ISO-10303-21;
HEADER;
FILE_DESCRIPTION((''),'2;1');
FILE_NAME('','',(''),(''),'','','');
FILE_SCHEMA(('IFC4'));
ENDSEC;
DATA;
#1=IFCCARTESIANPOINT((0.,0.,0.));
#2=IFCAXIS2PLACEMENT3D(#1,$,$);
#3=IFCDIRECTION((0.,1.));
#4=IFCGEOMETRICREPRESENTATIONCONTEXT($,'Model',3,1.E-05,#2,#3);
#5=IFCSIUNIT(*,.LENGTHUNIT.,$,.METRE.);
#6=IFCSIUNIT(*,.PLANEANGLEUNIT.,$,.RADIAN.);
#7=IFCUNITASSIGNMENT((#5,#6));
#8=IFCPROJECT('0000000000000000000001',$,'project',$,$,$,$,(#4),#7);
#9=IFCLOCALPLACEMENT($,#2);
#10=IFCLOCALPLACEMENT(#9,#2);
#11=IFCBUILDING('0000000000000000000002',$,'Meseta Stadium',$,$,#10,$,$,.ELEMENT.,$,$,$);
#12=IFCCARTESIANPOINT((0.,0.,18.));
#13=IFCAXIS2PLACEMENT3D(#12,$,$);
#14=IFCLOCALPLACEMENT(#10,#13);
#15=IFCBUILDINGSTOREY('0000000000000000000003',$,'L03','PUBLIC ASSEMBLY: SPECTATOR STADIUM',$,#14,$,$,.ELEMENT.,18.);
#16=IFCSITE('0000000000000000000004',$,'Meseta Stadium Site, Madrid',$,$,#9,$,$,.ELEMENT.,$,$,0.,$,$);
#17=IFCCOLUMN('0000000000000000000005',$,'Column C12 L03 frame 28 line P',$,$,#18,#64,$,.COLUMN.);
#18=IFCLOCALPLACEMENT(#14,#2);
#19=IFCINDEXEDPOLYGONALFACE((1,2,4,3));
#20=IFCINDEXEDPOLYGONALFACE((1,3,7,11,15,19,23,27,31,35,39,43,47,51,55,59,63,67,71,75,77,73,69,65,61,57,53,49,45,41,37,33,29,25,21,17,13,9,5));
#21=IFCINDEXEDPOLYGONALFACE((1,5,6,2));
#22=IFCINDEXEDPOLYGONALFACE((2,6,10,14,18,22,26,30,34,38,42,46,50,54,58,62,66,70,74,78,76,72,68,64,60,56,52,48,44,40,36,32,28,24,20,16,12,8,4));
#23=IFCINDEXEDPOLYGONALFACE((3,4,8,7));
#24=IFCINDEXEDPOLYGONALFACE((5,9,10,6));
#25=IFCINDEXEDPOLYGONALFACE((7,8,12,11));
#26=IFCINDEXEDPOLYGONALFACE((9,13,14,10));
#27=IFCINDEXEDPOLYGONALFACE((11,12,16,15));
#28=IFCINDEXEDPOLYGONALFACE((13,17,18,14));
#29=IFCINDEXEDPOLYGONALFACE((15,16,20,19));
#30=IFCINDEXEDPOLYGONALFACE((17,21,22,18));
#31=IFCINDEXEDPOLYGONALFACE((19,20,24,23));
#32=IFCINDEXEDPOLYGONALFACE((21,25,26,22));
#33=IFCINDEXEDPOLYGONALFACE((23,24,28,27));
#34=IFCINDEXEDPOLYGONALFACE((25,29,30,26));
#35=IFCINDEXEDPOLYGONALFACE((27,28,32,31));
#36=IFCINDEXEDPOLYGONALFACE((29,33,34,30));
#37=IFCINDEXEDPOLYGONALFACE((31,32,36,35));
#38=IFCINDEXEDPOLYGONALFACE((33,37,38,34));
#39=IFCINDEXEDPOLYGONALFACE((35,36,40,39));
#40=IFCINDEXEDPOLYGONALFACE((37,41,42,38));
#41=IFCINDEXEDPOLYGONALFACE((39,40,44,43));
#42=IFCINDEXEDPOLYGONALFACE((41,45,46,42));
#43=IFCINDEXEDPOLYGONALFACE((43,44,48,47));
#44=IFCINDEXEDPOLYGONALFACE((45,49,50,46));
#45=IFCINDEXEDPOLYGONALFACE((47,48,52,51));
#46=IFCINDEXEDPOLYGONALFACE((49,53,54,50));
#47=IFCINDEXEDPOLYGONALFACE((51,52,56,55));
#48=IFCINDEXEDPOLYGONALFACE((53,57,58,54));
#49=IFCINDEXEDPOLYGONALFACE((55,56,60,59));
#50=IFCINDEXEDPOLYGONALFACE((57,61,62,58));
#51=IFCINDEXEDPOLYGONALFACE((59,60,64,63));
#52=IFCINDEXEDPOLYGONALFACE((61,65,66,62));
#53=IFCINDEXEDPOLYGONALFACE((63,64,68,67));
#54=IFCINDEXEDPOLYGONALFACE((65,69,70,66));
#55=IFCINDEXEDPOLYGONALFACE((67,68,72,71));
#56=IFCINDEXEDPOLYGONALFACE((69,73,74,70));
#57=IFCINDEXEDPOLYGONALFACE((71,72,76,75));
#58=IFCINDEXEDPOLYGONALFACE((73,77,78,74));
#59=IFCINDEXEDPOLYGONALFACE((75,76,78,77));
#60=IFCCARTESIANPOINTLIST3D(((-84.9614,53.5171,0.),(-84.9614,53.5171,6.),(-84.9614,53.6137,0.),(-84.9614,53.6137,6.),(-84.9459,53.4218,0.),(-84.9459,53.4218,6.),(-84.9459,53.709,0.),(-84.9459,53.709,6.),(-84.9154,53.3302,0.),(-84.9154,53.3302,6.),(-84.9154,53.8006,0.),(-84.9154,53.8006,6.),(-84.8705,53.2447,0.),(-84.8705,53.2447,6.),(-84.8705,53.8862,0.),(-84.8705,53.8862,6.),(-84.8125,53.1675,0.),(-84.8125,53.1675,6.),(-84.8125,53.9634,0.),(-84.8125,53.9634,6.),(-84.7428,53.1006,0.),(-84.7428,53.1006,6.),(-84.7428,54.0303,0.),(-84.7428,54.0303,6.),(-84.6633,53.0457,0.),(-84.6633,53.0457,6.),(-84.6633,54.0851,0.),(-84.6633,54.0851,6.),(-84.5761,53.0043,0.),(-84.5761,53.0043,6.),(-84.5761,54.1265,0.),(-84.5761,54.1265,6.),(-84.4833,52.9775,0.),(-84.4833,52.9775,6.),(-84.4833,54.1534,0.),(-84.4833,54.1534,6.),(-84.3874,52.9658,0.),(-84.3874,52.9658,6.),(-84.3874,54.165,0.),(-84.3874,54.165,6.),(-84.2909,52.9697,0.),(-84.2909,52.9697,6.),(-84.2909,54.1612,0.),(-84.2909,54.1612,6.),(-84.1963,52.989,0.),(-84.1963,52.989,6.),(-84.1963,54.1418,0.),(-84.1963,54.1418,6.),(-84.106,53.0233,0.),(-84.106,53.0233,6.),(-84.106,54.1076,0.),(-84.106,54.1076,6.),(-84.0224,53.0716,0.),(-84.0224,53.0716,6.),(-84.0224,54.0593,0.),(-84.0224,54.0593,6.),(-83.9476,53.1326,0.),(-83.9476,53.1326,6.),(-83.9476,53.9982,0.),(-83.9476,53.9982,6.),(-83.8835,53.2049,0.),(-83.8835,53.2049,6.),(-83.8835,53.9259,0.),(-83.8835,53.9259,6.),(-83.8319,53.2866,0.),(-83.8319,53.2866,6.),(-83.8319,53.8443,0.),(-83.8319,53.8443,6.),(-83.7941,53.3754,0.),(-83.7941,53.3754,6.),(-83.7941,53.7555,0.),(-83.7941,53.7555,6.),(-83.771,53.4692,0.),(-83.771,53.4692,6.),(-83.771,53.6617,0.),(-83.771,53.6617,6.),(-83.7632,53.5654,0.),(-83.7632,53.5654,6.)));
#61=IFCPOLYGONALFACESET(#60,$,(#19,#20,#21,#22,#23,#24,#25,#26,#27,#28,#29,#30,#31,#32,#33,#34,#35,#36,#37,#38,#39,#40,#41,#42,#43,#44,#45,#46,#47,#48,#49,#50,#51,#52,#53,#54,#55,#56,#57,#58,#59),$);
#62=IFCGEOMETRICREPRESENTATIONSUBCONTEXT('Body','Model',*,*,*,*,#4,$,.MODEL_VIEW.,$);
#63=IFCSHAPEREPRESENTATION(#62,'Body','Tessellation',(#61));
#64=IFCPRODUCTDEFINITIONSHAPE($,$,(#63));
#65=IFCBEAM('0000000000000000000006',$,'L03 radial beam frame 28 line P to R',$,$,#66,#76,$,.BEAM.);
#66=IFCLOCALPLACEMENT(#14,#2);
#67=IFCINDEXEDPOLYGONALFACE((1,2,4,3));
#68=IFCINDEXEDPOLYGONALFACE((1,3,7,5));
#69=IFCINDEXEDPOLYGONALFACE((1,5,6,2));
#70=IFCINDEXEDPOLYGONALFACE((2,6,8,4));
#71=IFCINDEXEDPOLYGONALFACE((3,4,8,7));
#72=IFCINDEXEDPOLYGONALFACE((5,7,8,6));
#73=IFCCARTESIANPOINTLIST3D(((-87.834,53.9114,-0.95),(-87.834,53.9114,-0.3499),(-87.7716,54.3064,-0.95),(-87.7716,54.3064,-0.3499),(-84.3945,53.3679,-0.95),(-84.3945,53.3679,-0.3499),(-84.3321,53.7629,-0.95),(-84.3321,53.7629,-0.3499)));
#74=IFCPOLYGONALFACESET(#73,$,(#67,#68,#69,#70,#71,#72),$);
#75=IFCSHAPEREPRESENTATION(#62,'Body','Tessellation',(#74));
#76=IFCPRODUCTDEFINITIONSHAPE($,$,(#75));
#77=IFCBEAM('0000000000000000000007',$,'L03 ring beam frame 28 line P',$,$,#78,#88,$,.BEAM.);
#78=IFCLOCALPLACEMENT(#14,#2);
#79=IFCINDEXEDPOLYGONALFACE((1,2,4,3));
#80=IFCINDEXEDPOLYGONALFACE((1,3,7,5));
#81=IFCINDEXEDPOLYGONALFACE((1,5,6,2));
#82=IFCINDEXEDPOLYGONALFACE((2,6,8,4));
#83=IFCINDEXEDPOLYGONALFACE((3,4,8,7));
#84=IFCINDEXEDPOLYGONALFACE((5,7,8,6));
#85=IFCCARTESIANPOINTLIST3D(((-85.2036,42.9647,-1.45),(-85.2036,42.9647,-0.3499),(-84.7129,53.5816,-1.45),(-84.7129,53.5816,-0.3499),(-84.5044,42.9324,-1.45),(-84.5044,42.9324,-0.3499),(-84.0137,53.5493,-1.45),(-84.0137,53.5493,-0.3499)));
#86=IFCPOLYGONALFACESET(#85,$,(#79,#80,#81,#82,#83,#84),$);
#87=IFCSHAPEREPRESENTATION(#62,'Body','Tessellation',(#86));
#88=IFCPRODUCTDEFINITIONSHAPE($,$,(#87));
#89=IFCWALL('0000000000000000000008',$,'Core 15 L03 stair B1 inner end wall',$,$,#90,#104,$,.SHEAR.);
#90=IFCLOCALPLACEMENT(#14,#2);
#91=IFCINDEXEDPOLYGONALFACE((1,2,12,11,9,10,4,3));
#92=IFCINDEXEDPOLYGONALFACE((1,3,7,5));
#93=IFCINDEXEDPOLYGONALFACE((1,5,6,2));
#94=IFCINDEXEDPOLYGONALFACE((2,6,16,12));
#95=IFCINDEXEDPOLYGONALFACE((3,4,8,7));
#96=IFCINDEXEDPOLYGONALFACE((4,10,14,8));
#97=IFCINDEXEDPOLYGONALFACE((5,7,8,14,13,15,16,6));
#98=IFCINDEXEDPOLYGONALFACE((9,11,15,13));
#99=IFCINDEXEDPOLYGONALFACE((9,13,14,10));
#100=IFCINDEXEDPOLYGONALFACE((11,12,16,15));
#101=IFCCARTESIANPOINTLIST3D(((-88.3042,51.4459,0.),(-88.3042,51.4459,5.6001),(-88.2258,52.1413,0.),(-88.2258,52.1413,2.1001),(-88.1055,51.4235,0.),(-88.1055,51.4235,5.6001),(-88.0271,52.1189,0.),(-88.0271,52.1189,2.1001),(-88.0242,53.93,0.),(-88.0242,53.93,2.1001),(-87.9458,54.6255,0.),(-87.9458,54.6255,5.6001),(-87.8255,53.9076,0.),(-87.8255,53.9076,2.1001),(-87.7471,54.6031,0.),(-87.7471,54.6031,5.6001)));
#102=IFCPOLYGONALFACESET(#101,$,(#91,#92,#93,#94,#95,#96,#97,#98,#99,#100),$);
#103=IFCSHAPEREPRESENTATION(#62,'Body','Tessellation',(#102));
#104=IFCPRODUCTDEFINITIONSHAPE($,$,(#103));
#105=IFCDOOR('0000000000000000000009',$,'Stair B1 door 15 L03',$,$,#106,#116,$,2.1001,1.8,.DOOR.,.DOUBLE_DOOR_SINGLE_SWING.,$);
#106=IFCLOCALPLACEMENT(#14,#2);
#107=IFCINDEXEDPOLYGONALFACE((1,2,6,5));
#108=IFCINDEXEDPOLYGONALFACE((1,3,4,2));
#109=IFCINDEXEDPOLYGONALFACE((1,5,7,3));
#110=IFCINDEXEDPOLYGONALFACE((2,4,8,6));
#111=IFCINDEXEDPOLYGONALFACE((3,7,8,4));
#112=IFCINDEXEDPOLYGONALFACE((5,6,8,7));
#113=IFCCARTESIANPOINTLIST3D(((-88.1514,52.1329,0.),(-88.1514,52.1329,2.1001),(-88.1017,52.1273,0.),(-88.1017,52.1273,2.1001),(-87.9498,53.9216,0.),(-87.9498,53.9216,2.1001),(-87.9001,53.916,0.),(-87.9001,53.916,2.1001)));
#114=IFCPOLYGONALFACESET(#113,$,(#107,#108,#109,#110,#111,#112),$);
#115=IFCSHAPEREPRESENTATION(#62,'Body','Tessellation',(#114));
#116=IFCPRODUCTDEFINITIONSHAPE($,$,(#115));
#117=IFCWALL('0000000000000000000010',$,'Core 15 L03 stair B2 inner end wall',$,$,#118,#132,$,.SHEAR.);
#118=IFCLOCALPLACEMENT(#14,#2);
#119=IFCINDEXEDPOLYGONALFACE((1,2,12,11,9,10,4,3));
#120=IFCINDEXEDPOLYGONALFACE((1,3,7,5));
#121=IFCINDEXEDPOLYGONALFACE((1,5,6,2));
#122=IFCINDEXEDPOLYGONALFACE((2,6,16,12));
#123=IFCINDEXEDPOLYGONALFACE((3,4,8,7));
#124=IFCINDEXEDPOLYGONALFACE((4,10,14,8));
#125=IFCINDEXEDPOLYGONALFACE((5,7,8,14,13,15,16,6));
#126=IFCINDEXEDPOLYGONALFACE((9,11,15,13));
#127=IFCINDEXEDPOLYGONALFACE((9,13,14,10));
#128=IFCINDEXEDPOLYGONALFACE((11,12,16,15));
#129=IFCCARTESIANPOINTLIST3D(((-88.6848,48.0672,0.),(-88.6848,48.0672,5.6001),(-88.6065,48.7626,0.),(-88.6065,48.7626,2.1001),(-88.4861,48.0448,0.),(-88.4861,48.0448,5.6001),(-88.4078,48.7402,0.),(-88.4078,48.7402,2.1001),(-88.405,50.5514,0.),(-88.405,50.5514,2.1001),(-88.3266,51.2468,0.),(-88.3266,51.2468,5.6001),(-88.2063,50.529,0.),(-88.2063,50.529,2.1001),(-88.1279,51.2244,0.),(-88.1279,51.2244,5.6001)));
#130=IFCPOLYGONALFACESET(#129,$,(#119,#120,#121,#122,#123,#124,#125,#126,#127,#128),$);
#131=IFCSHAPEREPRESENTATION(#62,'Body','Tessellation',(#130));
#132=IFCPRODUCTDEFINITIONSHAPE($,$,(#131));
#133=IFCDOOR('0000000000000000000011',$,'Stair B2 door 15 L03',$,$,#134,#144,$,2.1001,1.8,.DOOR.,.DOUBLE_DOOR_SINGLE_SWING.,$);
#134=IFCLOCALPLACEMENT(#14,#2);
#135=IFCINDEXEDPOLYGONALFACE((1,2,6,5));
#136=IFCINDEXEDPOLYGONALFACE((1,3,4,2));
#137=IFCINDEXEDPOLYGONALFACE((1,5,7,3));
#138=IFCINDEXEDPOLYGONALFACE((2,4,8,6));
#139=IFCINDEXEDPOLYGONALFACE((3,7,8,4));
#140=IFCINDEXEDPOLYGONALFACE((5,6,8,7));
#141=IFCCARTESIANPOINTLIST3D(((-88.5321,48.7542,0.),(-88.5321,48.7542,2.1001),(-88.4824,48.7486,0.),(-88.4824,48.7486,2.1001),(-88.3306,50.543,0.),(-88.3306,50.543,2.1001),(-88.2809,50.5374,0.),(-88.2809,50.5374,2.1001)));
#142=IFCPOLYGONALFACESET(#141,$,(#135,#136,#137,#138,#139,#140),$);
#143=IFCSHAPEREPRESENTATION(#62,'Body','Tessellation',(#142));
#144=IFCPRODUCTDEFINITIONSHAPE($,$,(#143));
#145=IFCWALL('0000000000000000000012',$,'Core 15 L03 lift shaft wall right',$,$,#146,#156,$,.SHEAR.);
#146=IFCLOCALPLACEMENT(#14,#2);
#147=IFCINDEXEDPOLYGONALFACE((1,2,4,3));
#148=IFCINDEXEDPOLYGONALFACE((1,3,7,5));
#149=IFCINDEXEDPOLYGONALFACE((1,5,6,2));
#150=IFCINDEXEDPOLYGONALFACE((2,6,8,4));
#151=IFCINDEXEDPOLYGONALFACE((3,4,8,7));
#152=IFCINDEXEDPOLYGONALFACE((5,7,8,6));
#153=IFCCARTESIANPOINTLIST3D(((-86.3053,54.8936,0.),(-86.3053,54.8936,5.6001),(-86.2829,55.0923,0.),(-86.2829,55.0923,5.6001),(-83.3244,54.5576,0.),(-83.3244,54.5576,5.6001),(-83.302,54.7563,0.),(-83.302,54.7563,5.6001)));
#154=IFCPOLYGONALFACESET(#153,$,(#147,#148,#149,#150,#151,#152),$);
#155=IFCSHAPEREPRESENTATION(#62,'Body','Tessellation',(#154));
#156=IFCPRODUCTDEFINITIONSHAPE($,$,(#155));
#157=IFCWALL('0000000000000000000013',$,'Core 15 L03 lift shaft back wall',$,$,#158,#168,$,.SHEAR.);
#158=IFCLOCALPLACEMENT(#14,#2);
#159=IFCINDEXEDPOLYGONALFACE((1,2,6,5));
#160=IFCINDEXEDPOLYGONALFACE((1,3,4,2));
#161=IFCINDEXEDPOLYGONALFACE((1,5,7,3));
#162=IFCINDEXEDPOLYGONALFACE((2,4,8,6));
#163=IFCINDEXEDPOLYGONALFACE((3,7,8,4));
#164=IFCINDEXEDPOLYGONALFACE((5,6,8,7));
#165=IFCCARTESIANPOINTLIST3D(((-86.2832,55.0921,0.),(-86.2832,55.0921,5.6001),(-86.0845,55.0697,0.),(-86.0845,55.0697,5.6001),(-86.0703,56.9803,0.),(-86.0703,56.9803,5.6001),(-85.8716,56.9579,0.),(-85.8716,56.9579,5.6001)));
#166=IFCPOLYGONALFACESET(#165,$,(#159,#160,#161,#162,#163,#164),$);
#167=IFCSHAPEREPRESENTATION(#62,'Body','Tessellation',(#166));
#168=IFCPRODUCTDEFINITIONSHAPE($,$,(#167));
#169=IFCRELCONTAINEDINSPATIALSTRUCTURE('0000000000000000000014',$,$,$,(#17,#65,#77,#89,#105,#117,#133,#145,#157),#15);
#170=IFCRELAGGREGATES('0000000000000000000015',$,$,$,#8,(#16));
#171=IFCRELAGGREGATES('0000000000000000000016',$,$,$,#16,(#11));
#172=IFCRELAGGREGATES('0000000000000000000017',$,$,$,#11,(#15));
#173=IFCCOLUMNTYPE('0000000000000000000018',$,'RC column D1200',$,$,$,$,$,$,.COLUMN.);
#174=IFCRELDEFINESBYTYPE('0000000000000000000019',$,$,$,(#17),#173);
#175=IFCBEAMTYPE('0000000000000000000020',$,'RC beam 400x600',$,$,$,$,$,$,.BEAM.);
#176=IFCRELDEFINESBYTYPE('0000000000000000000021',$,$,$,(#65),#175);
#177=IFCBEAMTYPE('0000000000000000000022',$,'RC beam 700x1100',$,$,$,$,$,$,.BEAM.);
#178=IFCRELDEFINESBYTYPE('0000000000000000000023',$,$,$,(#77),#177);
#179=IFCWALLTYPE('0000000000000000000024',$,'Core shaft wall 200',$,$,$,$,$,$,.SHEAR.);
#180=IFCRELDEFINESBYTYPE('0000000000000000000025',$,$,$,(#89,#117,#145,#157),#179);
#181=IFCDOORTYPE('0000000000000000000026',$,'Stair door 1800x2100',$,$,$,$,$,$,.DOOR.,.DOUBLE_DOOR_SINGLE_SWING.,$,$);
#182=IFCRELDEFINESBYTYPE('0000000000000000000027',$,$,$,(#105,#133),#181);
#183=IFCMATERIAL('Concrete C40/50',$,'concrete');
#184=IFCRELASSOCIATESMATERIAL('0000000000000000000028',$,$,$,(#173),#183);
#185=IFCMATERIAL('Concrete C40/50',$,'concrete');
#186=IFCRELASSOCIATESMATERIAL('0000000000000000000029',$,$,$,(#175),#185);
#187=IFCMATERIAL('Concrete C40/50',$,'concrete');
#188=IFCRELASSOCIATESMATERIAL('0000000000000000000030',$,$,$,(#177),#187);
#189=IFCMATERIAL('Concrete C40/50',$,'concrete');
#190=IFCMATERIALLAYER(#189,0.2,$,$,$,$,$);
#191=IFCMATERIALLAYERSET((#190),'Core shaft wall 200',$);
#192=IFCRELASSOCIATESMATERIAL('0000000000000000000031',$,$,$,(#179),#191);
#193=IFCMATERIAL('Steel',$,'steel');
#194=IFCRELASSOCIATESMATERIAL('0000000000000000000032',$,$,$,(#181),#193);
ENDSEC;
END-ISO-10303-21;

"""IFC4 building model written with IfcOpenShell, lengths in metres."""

from ifc_helpers import new_model, si_unit, direction, frame, frame_2d, origin, origin_2d, place, context, subcontext, project, spatial, rectangle, circle, extrude, material, layer, layer_set, material_profile, profile_set, type_object, element, fill, save


model = new_model("IFC4")

# Units and contexts
model_context = context("Model", 3, precision=1e-05, world=origin(), true_north=direction((0.0, 1.0)))
body_context = subcontext(model_context, "Body", "Model", "MODEL_VIEW")
ifc_project = project(units=[si_unit("LENGTHUNIT", "METRE"), si_unit("PLANEANGLEUNIT", "RADIAN")], contexts=[model_context])

# Site, building, storey
site_placement = place(None, origin())
site = spatial("IfcSite", under=ifc_project, at=site_placement, Name="Meseta Stadium Site, Madrid", CompositionType="ELEMENT", RefElevation=0.0)
building_placement = place(site_placement, origin())
building = spatial("IfcBuilding", under=site, at=building_placement, Name="Meseta Stadium", CompositionType="ELEMENT")
storey_placement = place(building_placement, frame((0.0, 0.0, 18.0)))
storey = spatial("IfcBuildingStorey", under=building, at=storey_placement, Name="L03", Description="PUBLIC ASSEMBLY: SPECTATOR STADIUM", CompositionType="ELEMENT", Elevation=18.0)

# Column
ifc_material_1 = material(Name="Concrete C40/50", Category="concrete")
ifc_material_profile_1 = material_profile(ifc_material_1, circle(Radius=0.6001, at=origin_2d()), Name="RC D1200")
ifc_profile_set_1 = profile_set([ifc_material_profile_1], Name="Concrete C40/50")
column_type = type_object("IfcColumnType", Name="RC column D1200", PredefinedType="COLUMN", material=ifc_profile_set_1)
column_placement = place(storey_placement, frame((-84.3633, 53.5654, 0.0), z_axis=(0.0, 0.0, 1.0), x_axis=(1.0, 0.0, 0.0)))
element("IfcColumn", 1, at=column_placement, inside=storey, type_object=column_type, Name="Column C12 L03 frame 28 line P", PredefinedType="COLUMN", context=body_context, shape_type="SweptSolid", body=[
    extrude(circle(Radius=0.6001, at=origin_2d()), origin(), (0.0, 0.0, 1.0), 6.0),
])

# Beams
ifc_material_2 = material(Name="Concrete C40/50", Category="concrete")
ifc_material_profile_2 = material_profile(ifc_material_2, rectangle(XDim=0.3999, YDim=0.6001, at=origin_2d()), Name="RC 400x600")
ifc_profile_set_2 = profile_set([ifc_material_profile_2], Name="Concrete C40/50")
beam_type_1 = type_object("IfcBeamType", Name="RC beam 400x600", PredefinedType="BEAM", material=ifc_profile_set_2)
beam_1_placement = place(storey_placement, frame((-84.3633, 53.5654, -0.6499), z_axis=(-0.987746, 0.156071, 0.0), x_axis=(-0.156071, -0.987746, 0.0)))
element("IfcBeam", 2, at=beam_1_placement, inside=storey, type_object=beam_type_1, Name="L03 radial beam frame 28 line P to R", PredefinedType="BEAM", context=body_context, shape_type="SweptSolid", body=[
    extrude(rectangle(XDim=0.3999, YDim=0.6001, at=origin_2d()), origin(), (0.0, 0.0, 1.0), 3.4822),
])
ifc_material_3 = material(Name="Concrete C40/50", Category="concrete")
ifc_material_profile_3 = material_profile(ifc_material_3, rectangle(XDim=0.7, YDim=1.1001, at=origin_2d()), Name="RC 700x1100")
ifc_profile_set_3 = profile_set([ifc_material_profile_3], Name="Concrete C40/50")
beam_type_2 = type_object("IfcBeamType", Name="RC beam 700x1100", PredefinedType="BEAM", material=ifc_profile_set_3)
beam_2_placement = place(storey_placement, frame((-84.3633, 53.5654, -0.8999), z_axis=(-0.046171, -0.998934, 0.0), x_axis=(0.998934, -0.046171, 0.0)))
element("IfcBeam", 3, at=beam_2_placement, inside=storey, type_object=beam_type_2, Name="L03 ring beam frame 28 line P", PredefinedType="BEAM", context=body_context, shape_type="SweptSolid", body=[
    extrude(rectangle(XDim=0.7, YDim=1.1001, at=origin_2d()), origin(), (0.0, 0.0, 1.0), 10.6282),
])

# Walls, openings, doors
ifc_material_4 = material(Name="Concrete C40/50", Category="concrete")
ifc_layer = layer(ifc_material_4, 0.2)
ifc_layer_set = layer_set([ifc_layer], Name="Core shaft wall 200")
wall_type = type_object("IfcWallType", Name="Core shaft wall 200", PredefinedType="SHEAR", material=ifc_layer_set)
wall_1_placement = place(storey_placement, frame((-87.8464, 54.6143, 0.0), z_axis=(0.0, 0.0, 1.0), x_axis=(-0.112006, -0.993708, 0.0)))
wall_1 = element("IfcWall", 4, at=wall_1_placement, inside=storey, type_object=wall_type, Name="Core 15 L03 stair B1 inner end wall", PredefinedType="SHEAR", context=body_context, shape_type="SweptSolid", body=[
    extrude(rectangle(XDim=3.1997, YDim=0.2, at=frame_2d((1.5999, 0.0))), origin(), (0.0, 0.0, 1.0), 5.6001),
])
opening_1_placement = place(wall_1_placement, frame((0.7, 0.0, 0.0)))
opening_1 = element("IfcOpeningElement", 5, at=opening_1_placement, cuts=wall_1, PredefinedType="OPENING", context=body_context, shape_type="SweptSolid", body=[
    extrude(rectangle(XDim=1.8, YDim=2.1001, at=frame_2d((0.8999, 1.05))), frame((0.0, 0.1099, 0.0), z_axis=(0.0, -1.0, 0.0), x_axis=(1.0, 0.0, 0.0)), (0.0, 0.0, 1.0), 0.22),
])
ifc_material_5 = material(Name="Steel", Category="steel")
door_type = type_object("IfcDoorType", Name="Stair door 1800x2100", OperationType="DOUBLE_DOOR_SINGLE_SWING", PredefinedType="DOOR", material=ifc_material_5)
door_1_placement = place(opening_1_placement, origin())
door_1 = element("IfcDoor", 6, at=door_1_placement, inside=storey, type_object=door_type, Name="Stair B1 door 15 L03", OperationType="DOUBLE_DOOR_SINGLE_SWING", OverallHeight=2.1001, OverallWidth=1.8, PredefinedType="DOOR", context=body_context, shape_type="SweptSolid", body=[
    extrude(rectangle(XDim=1.8, YDim=2.1001, at=frame_2d((0.8999, 1.05))), frame((0.0, 0.0249, 0.0), z_axis=(0.0, -1.0, 0.0), x_axis=(1.0, 0.0, 0.0)), (0.0, 0.0, 1.0), 0.05),
])
fill(opening_1, door_1)
wall_2_placement = place(storey_placement, frame((-88.2273, 51.2356, 0.0), z_axis=(0.0, 0.0, 1.0), x_axis=(-0.11193, -0.993716, 0.0)))
wall_2 = element("IfcWall", 7, at=wall_2_placement, inside=storey, type_object=wall_type, Name="Core 15 L03 stair B2 inner end wall", PredefinedType="SHEAR", context=body_context, shape_type="SweptSolid", body=[
    extrude(rectangle(XDim=3.1997, YDim=0.2, at=frame_2d((1.5999, 0.0))), origin(), (0.0, 0.0, 1.0), 5.6001),
])
opening_2_placement = place(wall_2_placement, frame((0.7, 0.0, 0.0)))
opening_2 = element("IfcOpeningElement", 8, at=opening_2_placement, cuts=wall_2, PredefinedType="OPENING", context=body_context, shape_type="SweptSolid", body=[
    extrude(rectangle(XDim=1.8, YDim=2.1001, at=frame_2d((0.8999, 1.05))), frame((0.0, 0.1099, 0.0), z_axis=(0.0, -1.0, 0.0), x_axis=(1.0, 0.0, 0.0)), (0.0, 0.0, 1.0), 0.22),
])
door_2_placement = place(opening_2_placement, origin())
door_2 = element("IfcDoor", 9, at=door_2_placement, inside=storey, type_object=door_type, Name="Stair B2 door 15 L03", OperationType="DOUBLE_DOOR_SINGLE_SWING", OverallHeight=2.1001, OverallWidth=1.8, PredefinedType="DOOR", context=body_context, shape_type="SweptSolid", body=[
    extrude(rectangle(XDim=1.8, YDim=2.1001, at=frame_2d((0.8999, 1.05))), frame((0.0, 0.0249, 0.0), z_axis=(0.0, -1.0, 0.0), x_axis=(1.0, 0.0, 0.0)), (0.0, 0.0, 1.0), 0.05),
])
fill(opening_2, door_2)

# Walls
wall_3_placement = place(storey_placement, frame((-86.2942, 54.9929, 0.0), z_axis=(0.0, 0.0, 1.0), x_axis=(0.99371, -0.111986, 0.0)))
element("IfcWall", 10, at=wall_3_placement, inside=storey, type_object=wall_type, Name="Core 15 L03 lift shaft wall right", PredefinedType="SHEAR", context=body_context, shape_type="SweptSolid", body=[
    extrude(rectangle(XDim=2.9998, YDim=0.2, at=frame_2d((1.5, 0.0))), origin(), (0.0, 0.0, 1.0), 5.6001),
])
wall_4_placement = place(storey_placement, frame((-85.9709, 56.9692, 0.0), z_axis=(0.0, 0.0, 1.0), x_axis=(-0.112039, -0.993704, 0.0)))
element("IfcWall", 11, at=wall_4_placement, inside=storey, type_object=wall_type, Name="Core 15 L03 lift shaft back wall", PredefinedType="SHEAR", context=body_context, shape_type="SweptSolid", body=[
    extrude(rectangle(XDim=1.9001, YDim=0.2, at=frame_2d((0.9502, 0.0))), origin(), (0.0, 0.0, 1.0), 5.6001),
])

save(model, "model.ifc")
